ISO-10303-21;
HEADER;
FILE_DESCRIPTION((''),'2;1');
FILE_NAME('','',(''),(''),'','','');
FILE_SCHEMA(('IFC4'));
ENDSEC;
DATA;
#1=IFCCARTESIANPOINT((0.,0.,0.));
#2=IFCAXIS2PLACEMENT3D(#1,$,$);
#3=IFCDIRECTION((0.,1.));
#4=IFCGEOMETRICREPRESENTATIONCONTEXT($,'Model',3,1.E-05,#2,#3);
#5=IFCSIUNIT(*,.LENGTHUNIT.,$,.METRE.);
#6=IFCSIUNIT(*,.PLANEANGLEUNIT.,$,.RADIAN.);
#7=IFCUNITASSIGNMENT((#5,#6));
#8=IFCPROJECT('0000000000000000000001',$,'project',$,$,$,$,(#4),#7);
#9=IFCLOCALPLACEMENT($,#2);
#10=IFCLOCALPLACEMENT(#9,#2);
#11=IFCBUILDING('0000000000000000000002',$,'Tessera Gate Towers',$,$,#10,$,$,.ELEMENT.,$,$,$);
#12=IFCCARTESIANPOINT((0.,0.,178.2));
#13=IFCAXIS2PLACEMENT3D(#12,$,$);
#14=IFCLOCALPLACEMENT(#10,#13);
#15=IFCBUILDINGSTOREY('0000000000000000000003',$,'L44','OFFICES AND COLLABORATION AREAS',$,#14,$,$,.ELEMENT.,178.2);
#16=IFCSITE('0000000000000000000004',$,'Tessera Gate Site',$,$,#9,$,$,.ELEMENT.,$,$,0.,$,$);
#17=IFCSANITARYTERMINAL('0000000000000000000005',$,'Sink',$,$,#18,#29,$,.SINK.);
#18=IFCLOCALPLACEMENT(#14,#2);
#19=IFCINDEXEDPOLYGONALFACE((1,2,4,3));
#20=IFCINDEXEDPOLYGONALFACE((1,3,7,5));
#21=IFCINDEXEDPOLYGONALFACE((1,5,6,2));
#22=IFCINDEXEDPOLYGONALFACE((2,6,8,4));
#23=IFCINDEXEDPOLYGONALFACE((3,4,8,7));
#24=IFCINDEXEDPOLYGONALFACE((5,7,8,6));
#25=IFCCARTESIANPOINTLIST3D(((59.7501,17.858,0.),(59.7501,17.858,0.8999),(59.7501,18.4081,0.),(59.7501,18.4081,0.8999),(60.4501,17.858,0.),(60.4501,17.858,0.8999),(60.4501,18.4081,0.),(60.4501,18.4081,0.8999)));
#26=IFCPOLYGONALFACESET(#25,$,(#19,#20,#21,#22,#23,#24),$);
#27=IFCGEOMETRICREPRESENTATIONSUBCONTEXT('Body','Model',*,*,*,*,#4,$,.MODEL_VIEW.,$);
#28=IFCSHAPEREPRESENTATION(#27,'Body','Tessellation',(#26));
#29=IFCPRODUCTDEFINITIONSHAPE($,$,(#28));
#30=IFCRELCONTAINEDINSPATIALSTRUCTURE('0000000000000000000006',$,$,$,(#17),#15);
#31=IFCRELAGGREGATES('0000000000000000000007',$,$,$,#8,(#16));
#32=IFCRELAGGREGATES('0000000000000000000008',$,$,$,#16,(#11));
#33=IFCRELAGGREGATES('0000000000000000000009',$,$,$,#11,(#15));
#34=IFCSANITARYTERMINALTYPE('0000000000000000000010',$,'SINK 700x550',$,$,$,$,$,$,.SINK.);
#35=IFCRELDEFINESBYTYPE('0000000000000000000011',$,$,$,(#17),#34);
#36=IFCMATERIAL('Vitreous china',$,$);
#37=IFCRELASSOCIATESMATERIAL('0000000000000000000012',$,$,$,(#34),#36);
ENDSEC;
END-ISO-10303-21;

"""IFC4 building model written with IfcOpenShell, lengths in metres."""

from ifc_helpers import new_model, si_unit, direction, frame, origin, origin_2d, place, context, subcontext, project, spatial, rectangle, extrude, material, type_object, element, save


model = new_model("IFC4")

# Units and contexts
model_context = context("Model", 3, precision=1e-05, world=origin(), true_north=direction((0.0, 1.0)))
body_context = subcontext(model_context, "Body", "Model", "MODEL_VIEW")
ifc_project = project(units=[si_unit("LENGTHUNIT", "METRE"), si_unit("PLANEANGLEUNIT", "RADIAN")], contexts=[model_context])

# Site, building, storey
site_placement = place(None, origin())
site = spatial("IfcSite", under=ifc_project, at=site_placement, Name="Tessera Gate Site", CompositionType="ELEMENT", RefElevation=0.0)
building_placement = place(site_placement, origin())
building = spatial("IfcBuilding", under=site, at=building_placement, Name="Tessera Gate Towers", CompositionType="ELEMENT")
storey_placement = place(building_placement, frame((0.0, 0.0, 178.2)))
storey = spatial("IfcBuildingStorey", under=building, at=storey_placement, Name="L44", Description="OFFICES AND COLLABORATION AREAS", CompositionType="ELEMENT", Elevation=178.2)

# Sanitary terminal
ifc_material_1 = material(Name="Vitreous china")
sanitary_terminal_type = type_object("IfcSanitaryTerminalType", Name="SINK 700x550", PredefinedType="SINK", material=ifc_material_1)
sanitary_terminal_placement = place(storey_placement, frame((60.1001, 18.1331, 0.0), z_axis=(0.0, 0.0, 1.0), x_axis=(1.0, 0.0, 0.0)))
element("IfcSanitaryTerminal", 1, at=sanitary_terminal_placement, inside=storey, type_object=sanitary_terminal_type, Name="Sink", PredefinedType="SINK", context=body_context, shape_type="SweptSolid", body=[
    extrude(rectangle(XDim=0.7, YDim=0.55, at=origin_2d()), origin(), (0.0, 0.0, 1.0), 0.8999),
])

save(model, "model.ifc")
